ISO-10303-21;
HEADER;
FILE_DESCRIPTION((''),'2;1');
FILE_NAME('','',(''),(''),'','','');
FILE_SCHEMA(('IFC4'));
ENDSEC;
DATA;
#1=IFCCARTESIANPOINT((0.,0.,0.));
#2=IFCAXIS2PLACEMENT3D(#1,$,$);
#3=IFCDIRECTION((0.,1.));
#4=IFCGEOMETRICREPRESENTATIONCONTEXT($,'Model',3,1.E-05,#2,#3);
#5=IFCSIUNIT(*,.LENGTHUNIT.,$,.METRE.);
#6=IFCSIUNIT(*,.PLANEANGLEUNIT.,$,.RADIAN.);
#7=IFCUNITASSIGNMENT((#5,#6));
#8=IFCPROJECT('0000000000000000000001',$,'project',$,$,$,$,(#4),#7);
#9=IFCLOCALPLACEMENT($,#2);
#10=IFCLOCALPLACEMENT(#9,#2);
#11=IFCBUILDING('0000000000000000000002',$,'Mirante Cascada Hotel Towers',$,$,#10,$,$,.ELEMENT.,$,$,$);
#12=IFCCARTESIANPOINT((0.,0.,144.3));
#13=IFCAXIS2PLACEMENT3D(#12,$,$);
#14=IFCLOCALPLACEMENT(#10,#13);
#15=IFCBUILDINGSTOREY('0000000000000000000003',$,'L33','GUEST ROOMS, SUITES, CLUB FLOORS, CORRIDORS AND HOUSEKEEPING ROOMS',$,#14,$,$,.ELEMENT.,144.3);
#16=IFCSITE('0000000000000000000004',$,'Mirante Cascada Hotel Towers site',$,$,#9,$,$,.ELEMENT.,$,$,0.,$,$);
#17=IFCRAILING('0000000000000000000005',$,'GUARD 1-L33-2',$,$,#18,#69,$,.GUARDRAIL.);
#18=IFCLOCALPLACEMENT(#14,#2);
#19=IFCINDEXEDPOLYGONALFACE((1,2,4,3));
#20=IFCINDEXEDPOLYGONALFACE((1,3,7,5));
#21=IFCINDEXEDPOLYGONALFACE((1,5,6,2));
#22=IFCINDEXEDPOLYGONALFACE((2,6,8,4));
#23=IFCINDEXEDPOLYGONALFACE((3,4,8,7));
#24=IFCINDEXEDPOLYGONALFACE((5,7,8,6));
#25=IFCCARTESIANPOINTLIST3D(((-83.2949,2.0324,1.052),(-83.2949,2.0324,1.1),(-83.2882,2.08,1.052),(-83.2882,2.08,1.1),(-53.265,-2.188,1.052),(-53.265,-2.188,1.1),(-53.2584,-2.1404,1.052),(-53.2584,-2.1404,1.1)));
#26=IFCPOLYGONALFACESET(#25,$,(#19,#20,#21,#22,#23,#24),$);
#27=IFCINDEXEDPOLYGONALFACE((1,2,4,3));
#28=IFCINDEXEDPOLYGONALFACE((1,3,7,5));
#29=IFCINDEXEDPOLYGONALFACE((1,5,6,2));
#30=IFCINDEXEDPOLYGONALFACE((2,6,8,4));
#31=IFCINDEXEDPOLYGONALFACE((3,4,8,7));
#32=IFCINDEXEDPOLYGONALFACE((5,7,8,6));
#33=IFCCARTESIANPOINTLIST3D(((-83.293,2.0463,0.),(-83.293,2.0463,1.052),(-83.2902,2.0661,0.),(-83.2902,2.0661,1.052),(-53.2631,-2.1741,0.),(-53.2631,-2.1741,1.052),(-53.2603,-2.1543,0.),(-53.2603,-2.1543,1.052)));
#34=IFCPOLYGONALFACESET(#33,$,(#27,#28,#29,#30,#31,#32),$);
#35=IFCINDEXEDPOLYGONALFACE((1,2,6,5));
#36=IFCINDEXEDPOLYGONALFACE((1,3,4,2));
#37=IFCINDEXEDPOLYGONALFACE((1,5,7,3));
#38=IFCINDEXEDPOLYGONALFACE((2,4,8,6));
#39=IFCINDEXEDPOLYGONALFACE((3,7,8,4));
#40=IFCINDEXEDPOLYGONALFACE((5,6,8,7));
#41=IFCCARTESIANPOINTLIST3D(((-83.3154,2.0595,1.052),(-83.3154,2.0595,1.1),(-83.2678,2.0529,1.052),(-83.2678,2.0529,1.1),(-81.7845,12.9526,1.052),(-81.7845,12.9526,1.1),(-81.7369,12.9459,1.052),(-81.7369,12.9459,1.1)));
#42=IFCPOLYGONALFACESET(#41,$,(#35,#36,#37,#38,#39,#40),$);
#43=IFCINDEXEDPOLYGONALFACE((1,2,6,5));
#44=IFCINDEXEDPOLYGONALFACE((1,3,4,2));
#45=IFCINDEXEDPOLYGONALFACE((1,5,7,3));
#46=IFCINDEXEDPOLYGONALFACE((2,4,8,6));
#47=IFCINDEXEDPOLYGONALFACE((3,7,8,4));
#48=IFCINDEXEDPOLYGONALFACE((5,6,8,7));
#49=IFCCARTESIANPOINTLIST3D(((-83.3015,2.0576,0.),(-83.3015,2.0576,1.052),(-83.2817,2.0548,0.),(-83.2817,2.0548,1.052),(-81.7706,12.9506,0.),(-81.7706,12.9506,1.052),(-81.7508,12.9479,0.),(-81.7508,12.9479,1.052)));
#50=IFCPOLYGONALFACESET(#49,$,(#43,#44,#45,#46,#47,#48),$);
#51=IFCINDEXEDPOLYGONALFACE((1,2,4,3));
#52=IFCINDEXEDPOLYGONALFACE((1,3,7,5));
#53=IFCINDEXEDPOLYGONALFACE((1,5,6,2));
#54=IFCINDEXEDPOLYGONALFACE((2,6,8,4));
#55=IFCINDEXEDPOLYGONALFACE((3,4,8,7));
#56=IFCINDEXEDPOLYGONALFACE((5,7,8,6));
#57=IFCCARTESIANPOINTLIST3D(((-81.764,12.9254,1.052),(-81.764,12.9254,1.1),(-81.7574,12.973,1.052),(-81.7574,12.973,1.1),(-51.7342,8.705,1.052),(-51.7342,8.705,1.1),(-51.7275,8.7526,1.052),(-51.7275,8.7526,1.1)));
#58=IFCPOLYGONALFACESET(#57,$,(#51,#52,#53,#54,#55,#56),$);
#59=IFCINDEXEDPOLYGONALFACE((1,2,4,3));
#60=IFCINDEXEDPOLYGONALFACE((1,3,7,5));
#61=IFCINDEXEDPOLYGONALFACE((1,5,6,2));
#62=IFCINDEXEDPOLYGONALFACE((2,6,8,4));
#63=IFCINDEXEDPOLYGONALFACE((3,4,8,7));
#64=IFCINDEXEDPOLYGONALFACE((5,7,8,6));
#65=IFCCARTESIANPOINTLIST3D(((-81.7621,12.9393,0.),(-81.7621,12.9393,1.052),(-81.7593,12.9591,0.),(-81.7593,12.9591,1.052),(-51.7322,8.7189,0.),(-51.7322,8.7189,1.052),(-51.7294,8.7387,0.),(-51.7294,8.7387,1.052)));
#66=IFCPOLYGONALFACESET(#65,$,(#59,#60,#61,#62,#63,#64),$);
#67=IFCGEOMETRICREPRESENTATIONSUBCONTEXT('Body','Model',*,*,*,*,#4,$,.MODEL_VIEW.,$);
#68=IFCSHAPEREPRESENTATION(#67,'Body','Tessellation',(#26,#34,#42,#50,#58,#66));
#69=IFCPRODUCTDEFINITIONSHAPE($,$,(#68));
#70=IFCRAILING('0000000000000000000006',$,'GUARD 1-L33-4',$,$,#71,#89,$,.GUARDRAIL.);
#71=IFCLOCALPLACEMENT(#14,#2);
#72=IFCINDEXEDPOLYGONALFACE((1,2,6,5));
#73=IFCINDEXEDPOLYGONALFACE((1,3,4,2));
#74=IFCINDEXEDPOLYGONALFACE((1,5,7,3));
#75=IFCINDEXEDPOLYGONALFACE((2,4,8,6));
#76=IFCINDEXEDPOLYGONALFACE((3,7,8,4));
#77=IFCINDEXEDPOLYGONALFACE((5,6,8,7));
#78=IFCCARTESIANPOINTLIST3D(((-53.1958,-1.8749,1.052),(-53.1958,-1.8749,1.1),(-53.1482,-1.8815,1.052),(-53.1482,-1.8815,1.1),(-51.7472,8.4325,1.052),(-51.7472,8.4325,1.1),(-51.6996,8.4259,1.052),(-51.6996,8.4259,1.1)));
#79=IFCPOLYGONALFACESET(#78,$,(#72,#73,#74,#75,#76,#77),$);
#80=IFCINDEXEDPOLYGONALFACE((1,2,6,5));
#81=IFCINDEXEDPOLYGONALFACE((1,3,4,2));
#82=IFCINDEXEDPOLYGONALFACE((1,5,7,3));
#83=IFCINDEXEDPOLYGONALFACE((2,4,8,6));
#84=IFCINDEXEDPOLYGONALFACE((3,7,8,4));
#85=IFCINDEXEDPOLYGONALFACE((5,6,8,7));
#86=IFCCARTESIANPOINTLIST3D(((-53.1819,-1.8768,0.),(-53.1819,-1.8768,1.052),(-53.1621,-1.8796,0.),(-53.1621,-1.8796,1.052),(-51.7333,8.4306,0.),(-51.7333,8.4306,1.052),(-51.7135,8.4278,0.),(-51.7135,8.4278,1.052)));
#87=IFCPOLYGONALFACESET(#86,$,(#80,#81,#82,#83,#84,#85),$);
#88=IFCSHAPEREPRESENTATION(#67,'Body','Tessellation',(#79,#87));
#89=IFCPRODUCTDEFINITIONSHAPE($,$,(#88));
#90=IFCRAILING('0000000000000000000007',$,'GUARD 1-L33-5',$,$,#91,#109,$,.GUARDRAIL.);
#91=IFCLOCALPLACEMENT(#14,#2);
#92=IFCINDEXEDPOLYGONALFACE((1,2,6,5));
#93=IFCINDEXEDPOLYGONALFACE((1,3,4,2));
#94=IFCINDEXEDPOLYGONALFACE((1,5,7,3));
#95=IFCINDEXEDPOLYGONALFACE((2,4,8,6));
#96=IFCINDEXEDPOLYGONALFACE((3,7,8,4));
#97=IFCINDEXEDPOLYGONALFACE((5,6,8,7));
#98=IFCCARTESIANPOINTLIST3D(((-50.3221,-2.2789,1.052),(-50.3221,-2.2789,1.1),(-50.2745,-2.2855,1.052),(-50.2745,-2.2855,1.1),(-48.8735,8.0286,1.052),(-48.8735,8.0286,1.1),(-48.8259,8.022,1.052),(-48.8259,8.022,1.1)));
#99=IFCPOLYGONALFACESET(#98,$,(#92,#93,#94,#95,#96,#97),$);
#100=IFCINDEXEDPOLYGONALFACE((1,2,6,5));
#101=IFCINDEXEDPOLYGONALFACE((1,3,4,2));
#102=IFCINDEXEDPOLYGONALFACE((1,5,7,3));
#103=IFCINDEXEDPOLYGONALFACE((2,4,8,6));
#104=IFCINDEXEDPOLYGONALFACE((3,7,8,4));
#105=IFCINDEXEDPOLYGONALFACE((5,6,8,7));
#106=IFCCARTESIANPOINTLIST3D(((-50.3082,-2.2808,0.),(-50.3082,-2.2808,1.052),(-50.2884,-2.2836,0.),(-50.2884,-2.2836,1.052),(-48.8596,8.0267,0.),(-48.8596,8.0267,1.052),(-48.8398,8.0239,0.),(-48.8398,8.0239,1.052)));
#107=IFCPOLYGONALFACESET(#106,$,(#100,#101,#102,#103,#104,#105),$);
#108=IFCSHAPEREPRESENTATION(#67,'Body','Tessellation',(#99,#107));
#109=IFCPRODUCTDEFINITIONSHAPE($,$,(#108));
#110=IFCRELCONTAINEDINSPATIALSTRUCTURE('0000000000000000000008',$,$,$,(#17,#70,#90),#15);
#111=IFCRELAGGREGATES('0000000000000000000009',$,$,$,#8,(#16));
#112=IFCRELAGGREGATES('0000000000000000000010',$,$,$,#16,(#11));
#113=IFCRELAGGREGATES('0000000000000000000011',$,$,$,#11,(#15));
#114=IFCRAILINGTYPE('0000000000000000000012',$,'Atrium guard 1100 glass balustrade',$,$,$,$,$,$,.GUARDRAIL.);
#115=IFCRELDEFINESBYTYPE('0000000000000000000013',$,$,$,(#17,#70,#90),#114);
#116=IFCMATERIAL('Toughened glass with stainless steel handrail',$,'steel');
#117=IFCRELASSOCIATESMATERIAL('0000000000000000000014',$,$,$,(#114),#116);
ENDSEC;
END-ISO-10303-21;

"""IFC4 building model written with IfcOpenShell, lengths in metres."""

from ifc_helpers import new_model, si_unit, direction, frame, origin, origin_2d, place, context, subcontext, project, spatial, rectangle, extrude, material, type_object, element, save


model = new_model("IFC4")

# Units and contexts
model_context = context("Model", 3, precision=1e-05, world=origin(), true_north=direction((0.0, 1.0)))
body_context = subcontext(model_context, "Body", "Model", "MODEL_VIEW")
ifc_project = project(units=[si_unit("LENGTHUNIT", "METRE"), si_unit("PLANEANGLEUNIT", "RADIAN")], contexts=[model_context])

# Site, building, storey
site_placement = place(None, origin())
site = spatial("IfcSite", under=ifc_project, at=site_placement, Name="Mirante Cascada Hotel Towers site", CompositionType="ELEMENT", RefElevation=0.0)
building_placement = place(site_placement, origin())
building = spatial("IfcBuilding", under=site, at=building_placement, Name="Mirante Cascada Hotel Towers", CompositionType="ELEMENT")
storey_placement = place(building_placement, frame((0.0, 0.0, 144.3)))
storey = spatial("IfcBuildingStorey", under=building, at=storey_placement, Name="L33", Description="GUEST ROOMS, SUITES, CLUB FLOORS, CORRIDORS AND HOUSEKEEPING ROOMS", CompositionType="ELEMENT", Elevation=144.3)

# Railings
ifc_material_1 = material(Name="Toughened glass with stainless steel handrail", Category="steel")
railing_type = type_object("IfcRailingType", Name="Atrium guard 1100 glass balustrade", PredefinedType="GUARDRAIL", material=ifc_material_1)
railing_1_placement = place(storey_placement, frame((-53.2617, -2.1642, 0.0)))
element("IfcRailing", 1, at=railing_1_placement, inside=storey, type_object=railing_type, Name="GUARD 1-L33-2", PredefinedType="GUARDRAIL", context=body_context, shape_type="SweptSolid", body=[
    extrude(rectangle(XDim=0.048, YDim=0.048, at=origin_2d()), frame((0.0, 0.0, 1.076), z_axis=(-0.990268, 0.139172, 0.0), x_axis=(-0.139172, -0.990268, 0.0)), (0.0, 0.0, 1.0), 30.325),
    extrude(rectangle(XDim=0.02, YDim=1.052, at=origin_2d()), frame((0.0, 0.0, 0.526), z_axis=(-0.990268, 0.139172, 0.0), x_axis=(-0.139172, -0.990268, 0.0)), (0.0, 0.0, 1.0), 30.325),
    extrude(rectangle(XDim=0.048, YDim=0.048, at=origin_2d()), frame((-30.0299, 4.2204, 1.076), z_axis=(0.139172, 0.990268, 0.0), x_axis=(-0.990268, 0.139172, 0.0)), (0.0, 0.0, 1.0), 11.0001),
    extrude(rectangle(XDim=0.02, YDim=1.052, at=origin_2d()), frame((-30.0299, 4.2204, 0.526), z_axis=(0.139172, 0.990268, 0.0), x_axis=(-0.990268, 0.139172, 0.0)), (0.0, 0.0, 1.0), 11.0001),
    extrude(rectangle(XDim=0.048, YDim=0.048, at=origin_2d()), frame((-28.499, 15.1134, 1.076), z_axis=(0.990268, -0.139172, 0.0), x_axis=(0.139172, 0.990268, 0.0)), (0.0, 0.0, 1.0), 30.325),
    extrude(rectangle(XDim=0.02, YDim=1.052, at=origin_2d()), frame((-28.499, 15.1134, 0.526), z_axis=(0.990268, -0.139172, 0.0), x_axis=(0.139172, 0.990268, 0.0)), (0.0, 0.0, 1.0), 30.325),
])
railing_2_placement = place(storey_placement, frame((-53.172, -1.8782, 0.0)))
element("IfcRailing", 2, at=railing_2_placement, inside=storey, type_object=railing_type, Name="GUARD 1-L33-4", PredefinedType="GUARDRAIL", context=body_context, shape_type="SweptSolid", body=[
    extrude(rectangle(XDim=0.048, YDim=0.048, at=origin_2d()), frame((0.0, 0.0, 1.076), z_axis=(0.139172, 0.990268, 0.0), x_axis=(-0.990268, 0.139172, 0.0)), (0.0, 0.0, 1.0), 10.4087),
    extrude(rectangle(XDim=0.02, YDim=1.052, at=origin_2d()), frame((0.0, 0.0, 0.526), z_axis=(0.139172, 0.990268, 0.0), x_axis=(-0.990268, 0.139172, 0.0)), (0.0, 0.0, 1.0), 10.4087),
])
railing_3_placement = place(storey_placement, frame((-48.8497, 8.0253, 0.0)))
element("IfcRailing", 3, at=railing_3_placement, inside=storey, type_object=railing_type, Name="GUARD 1-L33-5", PredefinedType="GUARDRAIL", context=body_context, shape_type="SweptSolid", body=[
    extrude(rectangle(XDim=0.048, YDim=0.048, at=origin_2d()), frame((0.0, 0.0, 1.076), z_axis=(-0.139171, -0.990268, 0.0), x_axis=(0.990268, -0.139171, 0.0)), (0.0, 0.0, 1.0), 10.4088),
    extrude(rectangle(XDim=0.02, YDim=1.052, at=origin_2d()), frame((0.0, 0.0, 0.526), z_axis=(-0.139171, -0.990268, 0.0), x_axis=(0.990268, -0.139171, 0.0)), (0.0, 0.0, 1.0), 10.4088),
])

save(model, "model.ifc")
